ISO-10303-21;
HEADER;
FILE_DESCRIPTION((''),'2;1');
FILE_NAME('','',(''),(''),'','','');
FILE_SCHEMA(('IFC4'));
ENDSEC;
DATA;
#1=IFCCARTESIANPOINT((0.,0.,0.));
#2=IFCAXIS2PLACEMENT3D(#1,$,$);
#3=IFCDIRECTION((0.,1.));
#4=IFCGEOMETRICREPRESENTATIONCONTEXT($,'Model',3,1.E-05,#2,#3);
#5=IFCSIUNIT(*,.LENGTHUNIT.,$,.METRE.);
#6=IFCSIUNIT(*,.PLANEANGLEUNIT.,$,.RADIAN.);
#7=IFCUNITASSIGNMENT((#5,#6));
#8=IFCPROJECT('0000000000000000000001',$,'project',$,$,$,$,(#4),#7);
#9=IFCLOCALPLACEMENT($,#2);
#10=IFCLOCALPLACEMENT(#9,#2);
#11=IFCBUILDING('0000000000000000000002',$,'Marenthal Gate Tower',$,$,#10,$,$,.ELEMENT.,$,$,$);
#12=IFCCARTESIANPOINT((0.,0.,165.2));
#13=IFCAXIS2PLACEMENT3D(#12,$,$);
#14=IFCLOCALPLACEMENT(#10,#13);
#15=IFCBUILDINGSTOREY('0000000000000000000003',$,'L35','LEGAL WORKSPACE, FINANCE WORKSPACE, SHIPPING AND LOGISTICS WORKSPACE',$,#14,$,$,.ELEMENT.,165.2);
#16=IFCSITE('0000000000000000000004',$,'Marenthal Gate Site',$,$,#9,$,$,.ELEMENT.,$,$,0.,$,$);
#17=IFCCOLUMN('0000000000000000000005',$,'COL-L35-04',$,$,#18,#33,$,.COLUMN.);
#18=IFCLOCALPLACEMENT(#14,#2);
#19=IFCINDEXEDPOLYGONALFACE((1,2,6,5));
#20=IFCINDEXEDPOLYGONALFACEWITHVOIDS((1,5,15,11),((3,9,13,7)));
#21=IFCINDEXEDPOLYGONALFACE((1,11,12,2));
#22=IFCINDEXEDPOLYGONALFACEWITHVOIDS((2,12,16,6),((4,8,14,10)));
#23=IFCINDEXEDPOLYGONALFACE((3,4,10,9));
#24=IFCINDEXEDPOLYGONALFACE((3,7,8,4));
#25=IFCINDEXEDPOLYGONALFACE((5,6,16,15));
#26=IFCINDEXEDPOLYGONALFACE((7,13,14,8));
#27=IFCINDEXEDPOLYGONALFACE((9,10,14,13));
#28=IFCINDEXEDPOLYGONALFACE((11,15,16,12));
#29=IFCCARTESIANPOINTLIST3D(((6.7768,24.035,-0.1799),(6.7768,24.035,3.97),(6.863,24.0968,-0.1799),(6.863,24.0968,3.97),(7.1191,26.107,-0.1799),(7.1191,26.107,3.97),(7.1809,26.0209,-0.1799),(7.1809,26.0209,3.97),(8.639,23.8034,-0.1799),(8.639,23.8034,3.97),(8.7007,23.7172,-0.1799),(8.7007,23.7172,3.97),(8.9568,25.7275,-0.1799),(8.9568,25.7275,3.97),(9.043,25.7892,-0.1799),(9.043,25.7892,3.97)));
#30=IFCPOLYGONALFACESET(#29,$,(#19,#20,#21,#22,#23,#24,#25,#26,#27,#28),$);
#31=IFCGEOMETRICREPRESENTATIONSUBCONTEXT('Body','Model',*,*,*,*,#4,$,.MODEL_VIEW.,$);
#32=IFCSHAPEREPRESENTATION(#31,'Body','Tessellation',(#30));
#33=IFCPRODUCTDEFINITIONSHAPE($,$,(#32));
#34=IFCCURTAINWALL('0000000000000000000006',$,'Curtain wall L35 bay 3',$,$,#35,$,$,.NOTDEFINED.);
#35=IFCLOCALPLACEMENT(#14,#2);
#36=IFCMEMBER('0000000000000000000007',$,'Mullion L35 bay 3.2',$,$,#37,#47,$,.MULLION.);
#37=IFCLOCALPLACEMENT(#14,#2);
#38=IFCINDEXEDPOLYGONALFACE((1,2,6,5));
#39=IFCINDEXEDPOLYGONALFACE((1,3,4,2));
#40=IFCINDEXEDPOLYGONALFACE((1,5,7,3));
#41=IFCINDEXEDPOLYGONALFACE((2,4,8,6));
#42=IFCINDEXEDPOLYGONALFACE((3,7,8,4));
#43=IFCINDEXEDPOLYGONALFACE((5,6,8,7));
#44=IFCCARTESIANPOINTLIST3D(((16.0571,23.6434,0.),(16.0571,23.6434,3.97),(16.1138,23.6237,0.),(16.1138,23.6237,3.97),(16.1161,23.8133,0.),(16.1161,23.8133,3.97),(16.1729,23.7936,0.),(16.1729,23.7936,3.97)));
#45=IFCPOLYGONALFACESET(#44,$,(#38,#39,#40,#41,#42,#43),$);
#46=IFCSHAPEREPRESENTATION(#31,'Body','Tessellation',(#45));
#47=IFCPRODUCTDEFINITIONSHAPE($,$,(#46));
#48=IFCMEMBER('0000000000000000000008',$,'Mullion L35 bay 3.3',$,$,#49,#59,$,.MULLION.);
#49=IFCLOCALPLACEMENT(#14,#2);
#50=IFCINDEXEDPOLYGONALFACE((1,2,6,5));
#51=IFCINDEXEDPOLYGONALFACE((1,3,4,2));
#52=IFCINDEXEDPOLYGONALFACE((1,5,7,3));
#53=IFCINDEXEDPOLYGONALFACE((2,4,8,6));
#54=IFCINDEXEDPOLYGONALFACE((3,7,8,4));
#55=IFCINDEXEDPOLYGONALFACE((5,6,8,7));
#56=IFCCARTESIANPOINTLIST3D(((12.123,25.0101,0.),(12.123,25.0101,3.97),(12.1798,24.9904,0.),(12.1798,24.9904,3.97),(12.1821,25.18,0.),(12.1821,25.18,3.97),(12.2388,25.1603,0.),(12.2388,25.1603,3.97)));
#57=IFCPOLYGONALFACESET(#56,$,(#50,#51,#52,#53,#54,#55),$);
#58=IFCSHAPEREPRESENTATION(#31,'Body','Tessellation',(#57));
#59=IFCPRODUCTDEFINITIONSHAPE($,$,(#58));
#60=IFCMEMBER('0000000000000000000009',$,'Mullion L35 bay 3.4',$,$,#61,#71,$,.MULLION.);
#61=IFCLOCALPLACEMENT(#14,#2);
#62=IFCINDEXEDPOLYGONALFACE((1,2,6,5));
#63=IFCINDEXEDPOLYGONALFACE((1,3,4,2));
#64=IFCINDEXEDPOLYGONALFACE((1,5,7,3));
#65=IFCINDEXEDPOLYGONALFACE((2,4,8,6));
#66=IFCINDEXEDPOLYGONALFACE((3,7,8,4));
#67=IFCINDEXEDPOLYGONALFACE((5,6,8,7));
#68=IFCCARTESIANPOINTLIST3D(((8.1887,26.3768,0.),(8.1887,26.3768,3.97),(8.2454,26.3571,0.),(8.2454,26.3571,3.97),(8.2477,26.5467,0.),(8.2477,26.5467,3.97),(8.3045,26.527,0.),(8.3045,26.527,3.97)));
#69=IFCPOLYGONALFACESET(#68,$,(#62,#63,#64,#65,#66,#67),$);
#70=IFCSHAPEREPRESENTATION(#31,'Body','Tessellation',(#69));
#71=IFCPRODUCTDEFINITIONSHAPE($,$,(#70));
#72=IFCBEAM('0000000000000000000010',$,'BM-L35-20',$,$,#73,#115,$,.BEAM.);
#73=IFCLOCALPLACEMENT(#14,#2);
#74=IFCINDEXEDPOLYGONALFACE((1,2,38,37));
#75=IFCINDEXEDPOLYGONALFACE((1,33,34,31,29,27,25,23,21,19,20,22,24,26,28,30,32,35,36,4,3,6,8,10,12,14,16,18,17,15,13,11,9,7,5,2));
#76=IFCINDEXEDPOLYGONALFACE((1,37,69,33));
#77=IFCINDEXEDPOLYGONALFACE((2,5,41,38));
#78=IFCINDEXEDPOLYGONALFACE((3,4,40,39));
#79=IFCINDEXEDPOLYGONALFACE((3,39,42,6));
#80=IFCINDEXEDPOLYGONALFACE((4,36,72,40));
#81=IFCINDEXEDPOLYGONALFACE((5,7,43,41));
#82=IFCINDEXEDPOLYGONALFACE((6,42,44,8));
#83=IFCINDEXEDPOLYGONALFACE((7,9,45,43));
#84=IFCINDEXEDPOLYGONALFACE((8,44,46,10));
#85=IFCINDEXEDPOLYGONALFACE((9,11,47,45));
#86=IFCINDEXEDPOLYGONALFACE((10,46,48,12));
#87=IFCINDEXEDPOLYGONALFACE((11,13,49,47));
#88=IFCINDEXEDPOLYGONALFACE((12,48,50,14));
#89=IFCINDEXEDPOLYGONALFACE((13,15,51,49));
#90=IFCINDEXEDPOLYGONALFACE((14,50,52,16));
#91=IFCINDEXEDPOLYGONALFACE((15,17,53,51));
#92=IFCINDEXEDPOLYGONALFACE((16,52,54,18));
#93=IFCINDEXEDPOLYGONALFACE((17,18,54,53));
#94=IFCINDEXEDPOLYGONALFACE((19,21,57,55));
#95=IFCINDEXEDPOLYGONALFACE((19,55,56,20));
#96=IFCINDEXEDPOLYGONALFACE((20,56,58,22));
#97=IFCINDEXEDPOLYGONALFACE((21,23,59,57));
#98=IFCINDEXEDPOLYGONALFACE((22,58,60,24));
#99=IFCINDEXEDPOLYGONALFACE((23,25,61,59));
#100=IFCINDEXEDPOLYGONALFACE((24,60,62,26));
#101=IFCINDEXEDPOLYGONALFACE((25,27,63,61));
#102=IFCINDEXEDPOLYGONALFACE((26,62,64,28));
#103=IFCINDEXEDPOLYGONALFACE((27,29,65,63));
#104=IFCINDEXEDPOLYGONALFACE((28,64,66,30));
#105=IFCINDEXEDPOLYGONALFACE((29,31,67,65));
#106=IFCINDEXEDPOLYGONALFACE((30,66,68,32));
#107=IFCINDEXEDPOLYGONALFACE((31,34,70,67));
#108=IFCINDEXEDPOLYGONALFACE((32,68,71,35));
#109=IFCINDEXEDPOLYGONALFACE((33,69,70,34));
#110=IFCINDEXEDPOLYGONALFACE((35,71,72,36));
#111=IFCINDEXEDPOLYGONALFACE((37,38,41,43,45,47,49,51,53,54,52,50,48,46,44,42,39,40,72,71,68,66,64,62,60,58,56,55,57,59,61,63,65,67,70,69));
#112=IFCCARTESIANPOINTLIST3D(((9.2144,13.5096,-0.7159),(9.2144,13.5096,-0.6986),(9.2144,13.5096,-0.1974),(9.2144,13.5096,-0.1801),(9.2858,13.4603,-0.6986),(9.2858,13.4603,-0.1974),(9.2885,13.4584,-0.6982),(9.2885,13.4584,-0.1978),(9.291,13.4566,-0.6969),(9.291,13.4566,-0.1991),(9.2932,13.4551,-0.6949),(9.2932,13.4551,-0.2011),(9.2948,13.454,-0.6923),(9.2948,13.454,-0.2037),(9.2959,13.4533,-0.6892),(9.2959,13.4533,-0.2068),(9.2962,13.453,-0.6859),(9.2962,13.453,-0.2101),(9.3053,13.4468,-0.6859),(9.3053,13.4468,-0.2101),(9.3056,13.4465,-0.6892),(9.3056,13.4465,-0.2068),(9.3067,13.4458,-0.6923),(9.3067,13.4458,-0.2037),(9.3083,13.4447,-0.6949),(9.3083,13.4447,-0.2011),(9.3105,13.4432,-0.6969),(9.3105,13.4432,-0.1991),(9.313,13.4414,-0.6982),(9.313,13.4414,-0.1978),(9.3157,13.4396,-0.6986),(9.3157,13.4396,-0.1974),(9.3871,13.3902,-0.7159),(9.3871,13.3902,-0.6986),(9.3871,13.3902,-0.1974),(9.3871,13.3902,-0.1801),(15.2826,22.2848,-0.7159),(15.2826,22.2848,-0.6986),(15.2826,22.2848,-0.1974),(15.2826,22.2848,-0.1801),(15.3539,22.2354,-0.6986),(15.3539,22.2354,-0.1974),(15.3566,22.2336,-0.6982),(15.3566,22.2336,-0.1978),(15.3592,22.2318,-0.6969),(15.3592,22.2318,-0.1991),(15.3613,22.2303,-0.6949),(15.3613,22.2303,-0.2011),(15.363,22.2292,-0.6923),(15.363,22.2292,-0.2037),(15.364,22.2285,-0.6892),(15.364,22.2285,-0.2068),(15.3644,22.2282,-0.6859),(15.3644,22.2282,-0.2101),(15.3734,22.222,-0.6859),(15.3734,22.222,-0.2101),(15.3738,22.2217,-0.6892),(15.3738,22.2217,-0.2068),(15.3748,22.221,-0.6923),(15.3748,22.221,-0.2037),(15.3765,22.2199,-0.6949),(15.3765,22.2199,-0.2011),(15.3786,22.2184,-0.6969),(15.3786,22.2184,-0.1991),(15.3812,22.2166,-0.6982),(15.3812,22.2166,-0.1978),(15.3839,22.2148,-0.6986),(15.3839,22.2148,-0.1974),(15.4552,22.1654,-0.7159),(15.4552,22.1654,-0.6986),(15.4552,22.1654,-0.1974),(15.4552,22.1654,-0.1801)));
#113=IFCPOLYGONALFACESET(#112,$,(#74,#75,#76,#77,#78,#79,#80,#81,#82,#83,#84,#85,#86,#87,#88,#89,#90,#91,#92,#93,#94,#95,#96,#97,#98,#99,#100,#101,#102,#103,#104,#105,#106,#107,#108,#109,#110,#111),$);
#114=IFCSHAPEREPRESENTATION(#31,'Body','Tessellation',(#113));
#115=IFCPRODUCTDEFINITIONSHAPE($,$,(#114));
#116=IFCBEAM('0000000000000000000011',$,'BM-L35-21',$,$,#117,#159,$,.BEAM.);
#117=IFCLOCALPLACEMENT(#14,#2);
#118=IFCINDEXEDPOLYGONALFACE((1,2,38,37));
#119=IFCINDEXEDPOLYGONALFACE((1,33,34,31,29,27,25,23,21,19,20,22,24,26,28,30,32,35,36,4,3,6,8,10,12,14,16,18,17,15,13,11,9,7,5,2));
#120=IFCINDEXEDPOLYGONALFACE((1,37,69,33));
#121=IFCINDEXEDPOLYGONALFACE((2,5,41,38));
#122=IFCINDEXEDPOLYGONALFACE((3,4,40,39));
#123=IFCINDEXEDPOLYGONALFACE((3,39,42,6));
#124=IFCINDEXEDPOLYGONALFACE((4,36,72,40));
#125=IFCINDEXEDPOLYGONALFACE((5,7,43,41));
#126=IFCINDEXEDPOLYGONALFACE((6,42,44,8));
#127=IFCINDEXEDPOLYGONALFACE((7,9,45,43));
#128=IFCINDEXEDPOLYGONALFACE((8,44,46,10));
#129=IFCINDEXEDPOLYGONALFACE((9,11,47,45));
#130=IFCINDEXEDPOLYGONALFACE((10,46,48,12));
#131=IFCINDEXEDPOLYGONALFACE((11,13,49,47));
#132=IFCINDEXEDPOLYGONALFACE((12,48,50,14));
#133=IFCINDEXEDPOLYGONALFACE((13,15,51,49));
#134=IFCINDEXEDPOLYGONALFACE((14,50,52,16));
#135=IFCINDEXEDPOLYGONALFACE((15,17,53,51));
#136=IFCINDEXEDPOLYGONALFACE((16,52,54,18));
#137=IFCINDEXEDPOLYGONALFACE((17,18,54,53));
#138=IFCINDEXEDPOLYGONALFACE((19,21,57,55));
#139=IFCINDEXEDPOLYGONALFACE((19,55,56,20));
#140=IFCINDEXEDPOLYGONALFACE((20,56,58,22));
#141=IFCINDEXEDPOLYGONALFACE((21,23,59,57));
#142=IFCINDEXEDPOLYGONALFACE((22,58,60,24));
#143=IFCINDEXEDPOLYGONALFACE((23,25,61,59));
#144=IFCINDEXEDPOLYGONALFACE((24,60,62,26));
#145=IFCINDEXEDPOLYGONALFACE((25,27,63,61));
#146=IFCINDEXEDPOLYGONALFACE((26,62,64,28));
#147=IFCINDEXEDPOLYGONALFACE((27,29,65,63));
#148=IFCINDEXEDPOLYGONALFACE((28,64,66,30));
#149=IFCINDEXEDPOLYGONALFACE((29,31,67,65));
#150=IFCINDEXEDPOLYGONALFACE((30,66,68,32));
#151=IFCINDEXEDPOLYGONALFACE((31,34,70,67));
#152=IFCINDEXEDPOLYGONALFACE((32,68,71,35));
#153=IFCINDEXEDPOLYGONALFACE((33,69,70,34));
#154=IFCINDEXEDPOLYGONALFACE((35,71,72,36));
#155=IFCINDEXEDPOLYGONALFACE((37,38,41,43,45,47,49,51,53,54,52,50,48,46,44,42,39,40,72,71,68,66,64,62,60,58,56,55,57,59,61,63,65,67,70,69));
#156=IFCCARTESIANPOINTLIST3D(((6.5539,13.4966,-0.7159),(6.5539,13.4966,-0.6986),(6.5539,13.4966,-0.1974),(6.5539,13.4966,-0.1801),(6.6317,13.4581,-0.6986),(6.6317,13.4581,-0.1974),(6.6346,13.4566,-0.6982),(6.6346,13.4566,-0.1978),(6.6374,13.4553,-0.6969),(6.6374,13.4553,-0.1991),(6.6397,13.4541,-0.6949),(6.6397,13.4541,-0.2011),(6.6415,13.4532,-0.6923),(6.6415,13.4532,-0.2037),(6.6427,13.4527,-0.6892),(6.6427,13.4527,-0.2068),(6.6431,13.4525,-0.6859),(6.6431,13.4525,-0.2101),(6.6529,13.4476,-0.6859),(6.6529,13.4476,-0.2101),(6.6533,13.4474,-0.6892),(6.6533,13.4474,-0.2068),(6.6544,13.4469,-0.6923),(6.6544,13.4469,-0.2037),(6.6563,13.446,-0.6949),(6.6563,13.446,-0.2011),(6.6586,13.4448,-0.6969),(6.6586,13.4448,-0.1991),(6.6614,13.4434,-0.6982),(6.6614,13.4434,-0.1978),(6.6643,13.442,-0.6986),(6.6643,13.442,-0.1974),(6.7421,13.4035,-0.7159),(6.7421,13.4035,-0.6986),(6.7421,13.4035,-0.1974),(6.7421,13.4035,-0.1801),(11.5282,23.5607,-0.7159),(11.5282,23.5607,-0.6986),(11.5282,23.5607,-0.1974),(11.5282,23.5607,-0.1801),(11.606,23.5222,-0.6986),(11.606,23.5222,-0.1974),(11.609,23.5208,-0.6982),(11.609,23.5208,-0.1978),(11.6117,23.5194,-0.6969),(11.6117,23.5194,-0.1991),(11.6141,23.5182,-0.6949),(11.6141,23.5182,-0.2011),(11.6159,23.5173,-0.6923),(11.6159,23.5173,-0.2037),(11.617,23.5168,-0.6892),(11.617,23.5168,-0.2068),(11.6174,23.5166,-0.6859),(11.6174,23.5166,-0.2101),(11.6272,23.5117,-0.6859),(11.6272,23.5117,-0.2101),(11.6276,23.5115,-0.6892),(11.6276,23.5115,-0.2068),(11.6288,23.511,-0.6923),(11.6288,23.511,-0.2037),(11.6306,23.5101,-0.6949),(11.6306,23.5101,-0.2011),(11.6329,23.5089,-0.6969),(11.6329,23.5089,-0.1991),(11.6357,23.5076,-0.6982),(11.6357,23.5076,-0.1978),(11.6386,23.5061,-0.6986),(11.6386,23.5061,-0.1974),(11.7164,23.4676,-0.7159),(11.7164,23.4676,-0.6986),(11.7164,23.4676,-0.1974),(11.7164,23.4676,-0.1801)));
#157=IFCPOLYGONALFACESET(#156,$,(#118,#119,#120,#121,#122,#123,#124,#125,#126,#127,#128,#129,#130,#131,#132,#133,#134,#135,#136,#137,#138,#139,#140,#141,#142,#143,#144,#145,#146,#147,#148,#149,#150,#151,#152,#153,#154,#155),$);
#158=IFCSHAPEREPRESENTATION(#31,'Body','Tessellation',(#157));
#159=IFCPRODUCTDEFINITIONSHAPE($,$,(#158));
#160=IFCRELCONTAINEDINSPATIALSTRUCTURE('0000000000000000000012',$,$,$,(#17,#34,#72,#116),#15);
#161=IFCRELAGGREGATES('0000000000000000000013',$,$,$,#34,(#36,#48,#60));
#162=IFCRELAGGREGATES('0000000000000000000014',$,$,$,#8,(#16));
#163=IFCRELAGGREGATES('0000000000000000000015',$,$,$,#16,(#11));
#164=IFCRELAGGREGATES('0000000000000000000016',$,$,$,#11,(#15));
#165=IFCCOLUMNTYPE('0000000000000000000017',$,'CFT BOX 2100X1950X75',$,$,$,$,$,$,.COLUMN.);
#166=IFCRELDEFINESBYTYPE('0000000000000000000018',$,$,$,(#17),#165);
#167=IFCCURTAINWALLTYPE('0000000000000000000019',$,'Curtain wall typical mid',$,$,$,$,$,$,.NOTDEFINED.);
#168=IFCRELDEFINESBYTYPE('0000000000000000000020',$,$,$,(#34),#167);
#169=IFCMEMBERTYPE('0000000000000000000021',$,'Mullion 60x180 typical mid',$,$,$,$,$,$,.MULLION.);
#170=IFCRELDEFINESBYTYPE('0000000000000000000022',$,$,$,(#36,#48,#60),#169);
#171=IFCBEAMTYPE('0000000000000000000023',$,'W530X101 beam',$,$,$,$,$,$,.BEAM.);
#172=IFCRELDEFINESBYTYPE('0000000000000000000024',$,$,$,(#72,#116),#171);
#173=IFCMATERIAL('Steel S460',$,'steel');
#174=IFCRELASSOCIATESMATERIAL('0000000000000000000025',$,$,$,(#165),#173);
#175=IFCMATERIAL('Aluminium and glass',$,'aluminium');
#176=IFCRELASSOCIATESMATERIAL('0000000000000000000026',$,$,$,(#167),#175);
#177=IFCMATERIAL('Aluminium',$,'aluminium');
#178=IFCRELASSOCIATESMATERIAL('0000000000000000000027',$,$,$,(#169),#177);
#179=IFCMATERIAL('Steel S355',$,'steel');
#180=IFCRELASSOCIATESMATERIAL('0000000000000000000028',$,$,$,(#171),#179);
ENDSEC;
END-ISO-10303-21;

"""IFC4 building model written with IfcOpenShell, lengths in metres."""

from ifc_helpers import new_model, si_unit, direction, frame, origin, origin_2d, place, context, subcontext, project, spatial, rectangle, hollow_rectangle, i_section, extrude, material, material_profile, profile_set, type_object, element, aggregate, save


model = new_model("IFC4")

# Units and contexts
model_context = context("Model", 3, precision=1e-05, world=origin(), true_north=direction((0.0, 1.0)))
body_context = subcontext(model_context, "Body", "Model", "MODEL_VIEW")
ifc_project = project(units=[si_unit("LENGTHUNIT", "METRE"), si_unit("PLANEANGLEUNIT", "RADIAN")], contexts=[model_context])

# Site, building, storey
site_placement = place(None, origin())
site = spatial("IfcSite", under=ifc_project, at=site_placement, Name="Marenthal Gate Site", CompositionType="ELEMENT", RefElevation=0.0)
building_placement = place(site_placement, origin())
building = spatial("IfcBuilding", under=site, at=building_placement, Name="Marenthal Gate Tower", CompositionType="ELEMENT")
storey_placement = place(building_placement, frame((0.0, 0.0, 165.2)))
storey = spatial("IfcBuildingStorey", under=building, at=storey_placement, Name="L35", Description="LEGAL WORKSPACE, FINANCE WORKSPACE, SHIPPING AND LOGISTICS WORKSPACE", CompositionType="ELEMENT", Elevation=165.2)

# Column
ifc_material_1 = material(Name="Steel S460", Category="steel")
ifc_material_profile_1 = material_profile(ifc_material_1, hollow_rectangle(XDim=1.95, YDim=2.1001, WallThickness=0.075, at=origin_2d()), Name="CFT BOX 2100X1950X75")
ifc_material_2 = material(Name="Concrete 70 MPa", Category="concrete")
ifc_material_profile_2 = material_profile(ifc_material_2, rectangle(XDim=1.8, YDim=1.95, at=origin_2d()), Name="CFT BOX 2100X1950X75 INFILL")
ifc_profile_set_1 = profile_set([ifc_material_profile_1, ifc_material_profile_2], Name="Steel S460 shell, Concrete 70 MPa infill")
column_type = type_object("IfcColumnType", Name="CFT BOX 2100X1950X75", PredefinedType="COLUMN", material=ifc_profile_set_1)
column_placement = place(storey_placement, frame((7.9099, 24.9121, -0.1799), z_axis=(0.0, 0.0, 1.0), x_axis=(0.986627, -0.162997, 0.0)))
element("IfcColumn", 1, at=column_placement, inside=storey, type_object=column_type, Name="COL-L35-04", PredefinedType="COLUMN", context=body_context, shape_type="SweptSolid", body=[
    extrude(hollow_rectangle(XDim=1.95, YDim=2.1001, WallThickness=0.075, at=origin_2d()), origin(), (0.0, 0.0, 1.0), 4.1499),
])

# Curtain wall, members
ifc_material_3 = material(Name="Aluminium and glass", Category="aluminium")
curtain_wall_type = type_object("IfcCurtainWallType", Name="Curtain wall typical mid", PredefinedType="NOTDEFINED", material=ifc_material_3)
curtain_wall_placement = place(storey_placement, origin())
curtain_wall = element("IfcCurtainWall", 2, at=curtain_wall_placement, inside=storey, type_object=curtain_wall_type, Name="Curtain wall L35 bay 3", PredefinedType="NOTDEFINED")
ifc_material_4 = material(Name="Aluminium", Category="aluminium")
ifc_material_profile_3 = material_profile(ifc_material_4, rectangle(XDim=0.1799, YDim=0.0601, at=origin_2d()), Name="60x180 aluminium mullion")
ifc_profile_set_2 = profile_set([ifc_material_profile_3], Name="Aluminium")
member_type = type_object("IfcMemberType", Name="Mullion 60x180 typical mid", PredefinedType="MULLION", material=ifc_profile_set_2)
member_1_placement = place(storey_placement, frame((16.115, 23.7185, 0.0), z_axis=(0.0, 0.0, 1.0), x_axis=(-0.328158, -0.944623, 0.0)))
member_1 = element("IfcMember", 3, at=member_1_placement, type_object=member_type, Name="Mullion L35 bay 3.2", PredefinedType="MULLION", context=body_context, shape_type="SweptSolid", body=[
    extrude(rectangle(XDim=0.1799, YDim=0.0601, at=origin_2d()), origin(), (0.0, 0.0, 1.0), 3.97),
])
member_2_placement = place(storey_placement, frame((12.1809, 25.0852, 0.0), z_axis=(0.0, 0.0, 1.0), x_axis=(-0.328158, -0.944623, 0.0)))
member_2 = element("IfcMember", 4, at=member_2_placement, type_object=member_type, Name="Mullion L35 bay 3.3", PredefinedType="MULLION", context=body_context, shape_type="SweptSolid", body=[
    extrude(rectangle(XDim=0.1799, YDim=0.0601, at=origin_2d()), origin(), (0.0, 0.0, 1.0), 3.97),
])
member_3_placement = place(storey_placement, frame((8.2466, 26.4519, 0.0), z_axis=(0.0, 0.0, 1.0), x_axis=(-0.328158, -0.944623, 0.0)))
member_3 = element("IfcMember", 5, at=member_3_placement, type_object=member_type, Name="Mullion L35 bay 3.4", PredefinedType="MULLION", context=body_context, shape_type="SweptSolid", body=[
    extrude(rectangle(XDim=0.1799, YDim=0.0601, at=origin_2d()), origin(), (0.0, 0.0, 1.0), 3.97),
])

# Beams
ifc_material_5 = material(Name="Steel S355", Category="steel")
ifc_material_profile_4 = material_profile(ifc_material_5, i_section(OverallWidth=0.21, OverallDepth=0.5359, WebThickness=0.011, FlangeThickness=0.0173, FilletRadius=0.0127, at=origin_2d()), Name="W530X101")
ifc_profile_set_3 = profile_set([ifc_material_profile_4], Name="Steel S355")
beam_type_1 = type_object("IfcBeamType", Name="W530X101 beam", PredefinedType="BEAM", material=ifc_profile_set_3)
beam_1_placement = place(storey_placement, frame((15.3689, 22.2251, -0.448), z_axis=(-0.568767, -0.822499, 0.0), x_axis=(0.822499, -0.568767, 0.0)))
element("IfcBeam", 6, at=beam_1_placement, inside=storey, type_object=beam_type_1, Name="BM-L35-20", PredefinedType="BEAM", context=body_context, shape_type="SweptSolid", body=[
    extrude(i_section(OverallWidth=0.21, OverallDepth=0.5359, WebThickness=0.011, FlangeThickness=0.0173, FilletRadius=0.0127, at=origin_2d()), origin(), (0.0, 0.0, 1.0), 10.6689),
])
beam_2_placement = place(storey_placement, frame((11.6223, 23.5142, -0.448), z_axis=(-0.443094, -0.896475, 0.0), x_axis=(0.896475, -0.443094, 0.0)))
element("IfcBeam", 7, at=beam_2_placement, inside=storey, type_object=beam_type_1, Name="BM-L35-21", PredefinedType="BEAM", context=body_context, shape_type="SweptSolid", body=[
    extrude(i_section(OverallWidth=0.21, OverallDepth=0.5359, WebThickness=0.011, FlangeThickness=0.0173, FilletRadius=0.0127, at=origin_2d()), origin(), (0.0, 0.0, 1.0), 11.2263),
])

aggregate(curtain_wall, [member_1, member_2, member_3])

save(model, "model.ifc")
